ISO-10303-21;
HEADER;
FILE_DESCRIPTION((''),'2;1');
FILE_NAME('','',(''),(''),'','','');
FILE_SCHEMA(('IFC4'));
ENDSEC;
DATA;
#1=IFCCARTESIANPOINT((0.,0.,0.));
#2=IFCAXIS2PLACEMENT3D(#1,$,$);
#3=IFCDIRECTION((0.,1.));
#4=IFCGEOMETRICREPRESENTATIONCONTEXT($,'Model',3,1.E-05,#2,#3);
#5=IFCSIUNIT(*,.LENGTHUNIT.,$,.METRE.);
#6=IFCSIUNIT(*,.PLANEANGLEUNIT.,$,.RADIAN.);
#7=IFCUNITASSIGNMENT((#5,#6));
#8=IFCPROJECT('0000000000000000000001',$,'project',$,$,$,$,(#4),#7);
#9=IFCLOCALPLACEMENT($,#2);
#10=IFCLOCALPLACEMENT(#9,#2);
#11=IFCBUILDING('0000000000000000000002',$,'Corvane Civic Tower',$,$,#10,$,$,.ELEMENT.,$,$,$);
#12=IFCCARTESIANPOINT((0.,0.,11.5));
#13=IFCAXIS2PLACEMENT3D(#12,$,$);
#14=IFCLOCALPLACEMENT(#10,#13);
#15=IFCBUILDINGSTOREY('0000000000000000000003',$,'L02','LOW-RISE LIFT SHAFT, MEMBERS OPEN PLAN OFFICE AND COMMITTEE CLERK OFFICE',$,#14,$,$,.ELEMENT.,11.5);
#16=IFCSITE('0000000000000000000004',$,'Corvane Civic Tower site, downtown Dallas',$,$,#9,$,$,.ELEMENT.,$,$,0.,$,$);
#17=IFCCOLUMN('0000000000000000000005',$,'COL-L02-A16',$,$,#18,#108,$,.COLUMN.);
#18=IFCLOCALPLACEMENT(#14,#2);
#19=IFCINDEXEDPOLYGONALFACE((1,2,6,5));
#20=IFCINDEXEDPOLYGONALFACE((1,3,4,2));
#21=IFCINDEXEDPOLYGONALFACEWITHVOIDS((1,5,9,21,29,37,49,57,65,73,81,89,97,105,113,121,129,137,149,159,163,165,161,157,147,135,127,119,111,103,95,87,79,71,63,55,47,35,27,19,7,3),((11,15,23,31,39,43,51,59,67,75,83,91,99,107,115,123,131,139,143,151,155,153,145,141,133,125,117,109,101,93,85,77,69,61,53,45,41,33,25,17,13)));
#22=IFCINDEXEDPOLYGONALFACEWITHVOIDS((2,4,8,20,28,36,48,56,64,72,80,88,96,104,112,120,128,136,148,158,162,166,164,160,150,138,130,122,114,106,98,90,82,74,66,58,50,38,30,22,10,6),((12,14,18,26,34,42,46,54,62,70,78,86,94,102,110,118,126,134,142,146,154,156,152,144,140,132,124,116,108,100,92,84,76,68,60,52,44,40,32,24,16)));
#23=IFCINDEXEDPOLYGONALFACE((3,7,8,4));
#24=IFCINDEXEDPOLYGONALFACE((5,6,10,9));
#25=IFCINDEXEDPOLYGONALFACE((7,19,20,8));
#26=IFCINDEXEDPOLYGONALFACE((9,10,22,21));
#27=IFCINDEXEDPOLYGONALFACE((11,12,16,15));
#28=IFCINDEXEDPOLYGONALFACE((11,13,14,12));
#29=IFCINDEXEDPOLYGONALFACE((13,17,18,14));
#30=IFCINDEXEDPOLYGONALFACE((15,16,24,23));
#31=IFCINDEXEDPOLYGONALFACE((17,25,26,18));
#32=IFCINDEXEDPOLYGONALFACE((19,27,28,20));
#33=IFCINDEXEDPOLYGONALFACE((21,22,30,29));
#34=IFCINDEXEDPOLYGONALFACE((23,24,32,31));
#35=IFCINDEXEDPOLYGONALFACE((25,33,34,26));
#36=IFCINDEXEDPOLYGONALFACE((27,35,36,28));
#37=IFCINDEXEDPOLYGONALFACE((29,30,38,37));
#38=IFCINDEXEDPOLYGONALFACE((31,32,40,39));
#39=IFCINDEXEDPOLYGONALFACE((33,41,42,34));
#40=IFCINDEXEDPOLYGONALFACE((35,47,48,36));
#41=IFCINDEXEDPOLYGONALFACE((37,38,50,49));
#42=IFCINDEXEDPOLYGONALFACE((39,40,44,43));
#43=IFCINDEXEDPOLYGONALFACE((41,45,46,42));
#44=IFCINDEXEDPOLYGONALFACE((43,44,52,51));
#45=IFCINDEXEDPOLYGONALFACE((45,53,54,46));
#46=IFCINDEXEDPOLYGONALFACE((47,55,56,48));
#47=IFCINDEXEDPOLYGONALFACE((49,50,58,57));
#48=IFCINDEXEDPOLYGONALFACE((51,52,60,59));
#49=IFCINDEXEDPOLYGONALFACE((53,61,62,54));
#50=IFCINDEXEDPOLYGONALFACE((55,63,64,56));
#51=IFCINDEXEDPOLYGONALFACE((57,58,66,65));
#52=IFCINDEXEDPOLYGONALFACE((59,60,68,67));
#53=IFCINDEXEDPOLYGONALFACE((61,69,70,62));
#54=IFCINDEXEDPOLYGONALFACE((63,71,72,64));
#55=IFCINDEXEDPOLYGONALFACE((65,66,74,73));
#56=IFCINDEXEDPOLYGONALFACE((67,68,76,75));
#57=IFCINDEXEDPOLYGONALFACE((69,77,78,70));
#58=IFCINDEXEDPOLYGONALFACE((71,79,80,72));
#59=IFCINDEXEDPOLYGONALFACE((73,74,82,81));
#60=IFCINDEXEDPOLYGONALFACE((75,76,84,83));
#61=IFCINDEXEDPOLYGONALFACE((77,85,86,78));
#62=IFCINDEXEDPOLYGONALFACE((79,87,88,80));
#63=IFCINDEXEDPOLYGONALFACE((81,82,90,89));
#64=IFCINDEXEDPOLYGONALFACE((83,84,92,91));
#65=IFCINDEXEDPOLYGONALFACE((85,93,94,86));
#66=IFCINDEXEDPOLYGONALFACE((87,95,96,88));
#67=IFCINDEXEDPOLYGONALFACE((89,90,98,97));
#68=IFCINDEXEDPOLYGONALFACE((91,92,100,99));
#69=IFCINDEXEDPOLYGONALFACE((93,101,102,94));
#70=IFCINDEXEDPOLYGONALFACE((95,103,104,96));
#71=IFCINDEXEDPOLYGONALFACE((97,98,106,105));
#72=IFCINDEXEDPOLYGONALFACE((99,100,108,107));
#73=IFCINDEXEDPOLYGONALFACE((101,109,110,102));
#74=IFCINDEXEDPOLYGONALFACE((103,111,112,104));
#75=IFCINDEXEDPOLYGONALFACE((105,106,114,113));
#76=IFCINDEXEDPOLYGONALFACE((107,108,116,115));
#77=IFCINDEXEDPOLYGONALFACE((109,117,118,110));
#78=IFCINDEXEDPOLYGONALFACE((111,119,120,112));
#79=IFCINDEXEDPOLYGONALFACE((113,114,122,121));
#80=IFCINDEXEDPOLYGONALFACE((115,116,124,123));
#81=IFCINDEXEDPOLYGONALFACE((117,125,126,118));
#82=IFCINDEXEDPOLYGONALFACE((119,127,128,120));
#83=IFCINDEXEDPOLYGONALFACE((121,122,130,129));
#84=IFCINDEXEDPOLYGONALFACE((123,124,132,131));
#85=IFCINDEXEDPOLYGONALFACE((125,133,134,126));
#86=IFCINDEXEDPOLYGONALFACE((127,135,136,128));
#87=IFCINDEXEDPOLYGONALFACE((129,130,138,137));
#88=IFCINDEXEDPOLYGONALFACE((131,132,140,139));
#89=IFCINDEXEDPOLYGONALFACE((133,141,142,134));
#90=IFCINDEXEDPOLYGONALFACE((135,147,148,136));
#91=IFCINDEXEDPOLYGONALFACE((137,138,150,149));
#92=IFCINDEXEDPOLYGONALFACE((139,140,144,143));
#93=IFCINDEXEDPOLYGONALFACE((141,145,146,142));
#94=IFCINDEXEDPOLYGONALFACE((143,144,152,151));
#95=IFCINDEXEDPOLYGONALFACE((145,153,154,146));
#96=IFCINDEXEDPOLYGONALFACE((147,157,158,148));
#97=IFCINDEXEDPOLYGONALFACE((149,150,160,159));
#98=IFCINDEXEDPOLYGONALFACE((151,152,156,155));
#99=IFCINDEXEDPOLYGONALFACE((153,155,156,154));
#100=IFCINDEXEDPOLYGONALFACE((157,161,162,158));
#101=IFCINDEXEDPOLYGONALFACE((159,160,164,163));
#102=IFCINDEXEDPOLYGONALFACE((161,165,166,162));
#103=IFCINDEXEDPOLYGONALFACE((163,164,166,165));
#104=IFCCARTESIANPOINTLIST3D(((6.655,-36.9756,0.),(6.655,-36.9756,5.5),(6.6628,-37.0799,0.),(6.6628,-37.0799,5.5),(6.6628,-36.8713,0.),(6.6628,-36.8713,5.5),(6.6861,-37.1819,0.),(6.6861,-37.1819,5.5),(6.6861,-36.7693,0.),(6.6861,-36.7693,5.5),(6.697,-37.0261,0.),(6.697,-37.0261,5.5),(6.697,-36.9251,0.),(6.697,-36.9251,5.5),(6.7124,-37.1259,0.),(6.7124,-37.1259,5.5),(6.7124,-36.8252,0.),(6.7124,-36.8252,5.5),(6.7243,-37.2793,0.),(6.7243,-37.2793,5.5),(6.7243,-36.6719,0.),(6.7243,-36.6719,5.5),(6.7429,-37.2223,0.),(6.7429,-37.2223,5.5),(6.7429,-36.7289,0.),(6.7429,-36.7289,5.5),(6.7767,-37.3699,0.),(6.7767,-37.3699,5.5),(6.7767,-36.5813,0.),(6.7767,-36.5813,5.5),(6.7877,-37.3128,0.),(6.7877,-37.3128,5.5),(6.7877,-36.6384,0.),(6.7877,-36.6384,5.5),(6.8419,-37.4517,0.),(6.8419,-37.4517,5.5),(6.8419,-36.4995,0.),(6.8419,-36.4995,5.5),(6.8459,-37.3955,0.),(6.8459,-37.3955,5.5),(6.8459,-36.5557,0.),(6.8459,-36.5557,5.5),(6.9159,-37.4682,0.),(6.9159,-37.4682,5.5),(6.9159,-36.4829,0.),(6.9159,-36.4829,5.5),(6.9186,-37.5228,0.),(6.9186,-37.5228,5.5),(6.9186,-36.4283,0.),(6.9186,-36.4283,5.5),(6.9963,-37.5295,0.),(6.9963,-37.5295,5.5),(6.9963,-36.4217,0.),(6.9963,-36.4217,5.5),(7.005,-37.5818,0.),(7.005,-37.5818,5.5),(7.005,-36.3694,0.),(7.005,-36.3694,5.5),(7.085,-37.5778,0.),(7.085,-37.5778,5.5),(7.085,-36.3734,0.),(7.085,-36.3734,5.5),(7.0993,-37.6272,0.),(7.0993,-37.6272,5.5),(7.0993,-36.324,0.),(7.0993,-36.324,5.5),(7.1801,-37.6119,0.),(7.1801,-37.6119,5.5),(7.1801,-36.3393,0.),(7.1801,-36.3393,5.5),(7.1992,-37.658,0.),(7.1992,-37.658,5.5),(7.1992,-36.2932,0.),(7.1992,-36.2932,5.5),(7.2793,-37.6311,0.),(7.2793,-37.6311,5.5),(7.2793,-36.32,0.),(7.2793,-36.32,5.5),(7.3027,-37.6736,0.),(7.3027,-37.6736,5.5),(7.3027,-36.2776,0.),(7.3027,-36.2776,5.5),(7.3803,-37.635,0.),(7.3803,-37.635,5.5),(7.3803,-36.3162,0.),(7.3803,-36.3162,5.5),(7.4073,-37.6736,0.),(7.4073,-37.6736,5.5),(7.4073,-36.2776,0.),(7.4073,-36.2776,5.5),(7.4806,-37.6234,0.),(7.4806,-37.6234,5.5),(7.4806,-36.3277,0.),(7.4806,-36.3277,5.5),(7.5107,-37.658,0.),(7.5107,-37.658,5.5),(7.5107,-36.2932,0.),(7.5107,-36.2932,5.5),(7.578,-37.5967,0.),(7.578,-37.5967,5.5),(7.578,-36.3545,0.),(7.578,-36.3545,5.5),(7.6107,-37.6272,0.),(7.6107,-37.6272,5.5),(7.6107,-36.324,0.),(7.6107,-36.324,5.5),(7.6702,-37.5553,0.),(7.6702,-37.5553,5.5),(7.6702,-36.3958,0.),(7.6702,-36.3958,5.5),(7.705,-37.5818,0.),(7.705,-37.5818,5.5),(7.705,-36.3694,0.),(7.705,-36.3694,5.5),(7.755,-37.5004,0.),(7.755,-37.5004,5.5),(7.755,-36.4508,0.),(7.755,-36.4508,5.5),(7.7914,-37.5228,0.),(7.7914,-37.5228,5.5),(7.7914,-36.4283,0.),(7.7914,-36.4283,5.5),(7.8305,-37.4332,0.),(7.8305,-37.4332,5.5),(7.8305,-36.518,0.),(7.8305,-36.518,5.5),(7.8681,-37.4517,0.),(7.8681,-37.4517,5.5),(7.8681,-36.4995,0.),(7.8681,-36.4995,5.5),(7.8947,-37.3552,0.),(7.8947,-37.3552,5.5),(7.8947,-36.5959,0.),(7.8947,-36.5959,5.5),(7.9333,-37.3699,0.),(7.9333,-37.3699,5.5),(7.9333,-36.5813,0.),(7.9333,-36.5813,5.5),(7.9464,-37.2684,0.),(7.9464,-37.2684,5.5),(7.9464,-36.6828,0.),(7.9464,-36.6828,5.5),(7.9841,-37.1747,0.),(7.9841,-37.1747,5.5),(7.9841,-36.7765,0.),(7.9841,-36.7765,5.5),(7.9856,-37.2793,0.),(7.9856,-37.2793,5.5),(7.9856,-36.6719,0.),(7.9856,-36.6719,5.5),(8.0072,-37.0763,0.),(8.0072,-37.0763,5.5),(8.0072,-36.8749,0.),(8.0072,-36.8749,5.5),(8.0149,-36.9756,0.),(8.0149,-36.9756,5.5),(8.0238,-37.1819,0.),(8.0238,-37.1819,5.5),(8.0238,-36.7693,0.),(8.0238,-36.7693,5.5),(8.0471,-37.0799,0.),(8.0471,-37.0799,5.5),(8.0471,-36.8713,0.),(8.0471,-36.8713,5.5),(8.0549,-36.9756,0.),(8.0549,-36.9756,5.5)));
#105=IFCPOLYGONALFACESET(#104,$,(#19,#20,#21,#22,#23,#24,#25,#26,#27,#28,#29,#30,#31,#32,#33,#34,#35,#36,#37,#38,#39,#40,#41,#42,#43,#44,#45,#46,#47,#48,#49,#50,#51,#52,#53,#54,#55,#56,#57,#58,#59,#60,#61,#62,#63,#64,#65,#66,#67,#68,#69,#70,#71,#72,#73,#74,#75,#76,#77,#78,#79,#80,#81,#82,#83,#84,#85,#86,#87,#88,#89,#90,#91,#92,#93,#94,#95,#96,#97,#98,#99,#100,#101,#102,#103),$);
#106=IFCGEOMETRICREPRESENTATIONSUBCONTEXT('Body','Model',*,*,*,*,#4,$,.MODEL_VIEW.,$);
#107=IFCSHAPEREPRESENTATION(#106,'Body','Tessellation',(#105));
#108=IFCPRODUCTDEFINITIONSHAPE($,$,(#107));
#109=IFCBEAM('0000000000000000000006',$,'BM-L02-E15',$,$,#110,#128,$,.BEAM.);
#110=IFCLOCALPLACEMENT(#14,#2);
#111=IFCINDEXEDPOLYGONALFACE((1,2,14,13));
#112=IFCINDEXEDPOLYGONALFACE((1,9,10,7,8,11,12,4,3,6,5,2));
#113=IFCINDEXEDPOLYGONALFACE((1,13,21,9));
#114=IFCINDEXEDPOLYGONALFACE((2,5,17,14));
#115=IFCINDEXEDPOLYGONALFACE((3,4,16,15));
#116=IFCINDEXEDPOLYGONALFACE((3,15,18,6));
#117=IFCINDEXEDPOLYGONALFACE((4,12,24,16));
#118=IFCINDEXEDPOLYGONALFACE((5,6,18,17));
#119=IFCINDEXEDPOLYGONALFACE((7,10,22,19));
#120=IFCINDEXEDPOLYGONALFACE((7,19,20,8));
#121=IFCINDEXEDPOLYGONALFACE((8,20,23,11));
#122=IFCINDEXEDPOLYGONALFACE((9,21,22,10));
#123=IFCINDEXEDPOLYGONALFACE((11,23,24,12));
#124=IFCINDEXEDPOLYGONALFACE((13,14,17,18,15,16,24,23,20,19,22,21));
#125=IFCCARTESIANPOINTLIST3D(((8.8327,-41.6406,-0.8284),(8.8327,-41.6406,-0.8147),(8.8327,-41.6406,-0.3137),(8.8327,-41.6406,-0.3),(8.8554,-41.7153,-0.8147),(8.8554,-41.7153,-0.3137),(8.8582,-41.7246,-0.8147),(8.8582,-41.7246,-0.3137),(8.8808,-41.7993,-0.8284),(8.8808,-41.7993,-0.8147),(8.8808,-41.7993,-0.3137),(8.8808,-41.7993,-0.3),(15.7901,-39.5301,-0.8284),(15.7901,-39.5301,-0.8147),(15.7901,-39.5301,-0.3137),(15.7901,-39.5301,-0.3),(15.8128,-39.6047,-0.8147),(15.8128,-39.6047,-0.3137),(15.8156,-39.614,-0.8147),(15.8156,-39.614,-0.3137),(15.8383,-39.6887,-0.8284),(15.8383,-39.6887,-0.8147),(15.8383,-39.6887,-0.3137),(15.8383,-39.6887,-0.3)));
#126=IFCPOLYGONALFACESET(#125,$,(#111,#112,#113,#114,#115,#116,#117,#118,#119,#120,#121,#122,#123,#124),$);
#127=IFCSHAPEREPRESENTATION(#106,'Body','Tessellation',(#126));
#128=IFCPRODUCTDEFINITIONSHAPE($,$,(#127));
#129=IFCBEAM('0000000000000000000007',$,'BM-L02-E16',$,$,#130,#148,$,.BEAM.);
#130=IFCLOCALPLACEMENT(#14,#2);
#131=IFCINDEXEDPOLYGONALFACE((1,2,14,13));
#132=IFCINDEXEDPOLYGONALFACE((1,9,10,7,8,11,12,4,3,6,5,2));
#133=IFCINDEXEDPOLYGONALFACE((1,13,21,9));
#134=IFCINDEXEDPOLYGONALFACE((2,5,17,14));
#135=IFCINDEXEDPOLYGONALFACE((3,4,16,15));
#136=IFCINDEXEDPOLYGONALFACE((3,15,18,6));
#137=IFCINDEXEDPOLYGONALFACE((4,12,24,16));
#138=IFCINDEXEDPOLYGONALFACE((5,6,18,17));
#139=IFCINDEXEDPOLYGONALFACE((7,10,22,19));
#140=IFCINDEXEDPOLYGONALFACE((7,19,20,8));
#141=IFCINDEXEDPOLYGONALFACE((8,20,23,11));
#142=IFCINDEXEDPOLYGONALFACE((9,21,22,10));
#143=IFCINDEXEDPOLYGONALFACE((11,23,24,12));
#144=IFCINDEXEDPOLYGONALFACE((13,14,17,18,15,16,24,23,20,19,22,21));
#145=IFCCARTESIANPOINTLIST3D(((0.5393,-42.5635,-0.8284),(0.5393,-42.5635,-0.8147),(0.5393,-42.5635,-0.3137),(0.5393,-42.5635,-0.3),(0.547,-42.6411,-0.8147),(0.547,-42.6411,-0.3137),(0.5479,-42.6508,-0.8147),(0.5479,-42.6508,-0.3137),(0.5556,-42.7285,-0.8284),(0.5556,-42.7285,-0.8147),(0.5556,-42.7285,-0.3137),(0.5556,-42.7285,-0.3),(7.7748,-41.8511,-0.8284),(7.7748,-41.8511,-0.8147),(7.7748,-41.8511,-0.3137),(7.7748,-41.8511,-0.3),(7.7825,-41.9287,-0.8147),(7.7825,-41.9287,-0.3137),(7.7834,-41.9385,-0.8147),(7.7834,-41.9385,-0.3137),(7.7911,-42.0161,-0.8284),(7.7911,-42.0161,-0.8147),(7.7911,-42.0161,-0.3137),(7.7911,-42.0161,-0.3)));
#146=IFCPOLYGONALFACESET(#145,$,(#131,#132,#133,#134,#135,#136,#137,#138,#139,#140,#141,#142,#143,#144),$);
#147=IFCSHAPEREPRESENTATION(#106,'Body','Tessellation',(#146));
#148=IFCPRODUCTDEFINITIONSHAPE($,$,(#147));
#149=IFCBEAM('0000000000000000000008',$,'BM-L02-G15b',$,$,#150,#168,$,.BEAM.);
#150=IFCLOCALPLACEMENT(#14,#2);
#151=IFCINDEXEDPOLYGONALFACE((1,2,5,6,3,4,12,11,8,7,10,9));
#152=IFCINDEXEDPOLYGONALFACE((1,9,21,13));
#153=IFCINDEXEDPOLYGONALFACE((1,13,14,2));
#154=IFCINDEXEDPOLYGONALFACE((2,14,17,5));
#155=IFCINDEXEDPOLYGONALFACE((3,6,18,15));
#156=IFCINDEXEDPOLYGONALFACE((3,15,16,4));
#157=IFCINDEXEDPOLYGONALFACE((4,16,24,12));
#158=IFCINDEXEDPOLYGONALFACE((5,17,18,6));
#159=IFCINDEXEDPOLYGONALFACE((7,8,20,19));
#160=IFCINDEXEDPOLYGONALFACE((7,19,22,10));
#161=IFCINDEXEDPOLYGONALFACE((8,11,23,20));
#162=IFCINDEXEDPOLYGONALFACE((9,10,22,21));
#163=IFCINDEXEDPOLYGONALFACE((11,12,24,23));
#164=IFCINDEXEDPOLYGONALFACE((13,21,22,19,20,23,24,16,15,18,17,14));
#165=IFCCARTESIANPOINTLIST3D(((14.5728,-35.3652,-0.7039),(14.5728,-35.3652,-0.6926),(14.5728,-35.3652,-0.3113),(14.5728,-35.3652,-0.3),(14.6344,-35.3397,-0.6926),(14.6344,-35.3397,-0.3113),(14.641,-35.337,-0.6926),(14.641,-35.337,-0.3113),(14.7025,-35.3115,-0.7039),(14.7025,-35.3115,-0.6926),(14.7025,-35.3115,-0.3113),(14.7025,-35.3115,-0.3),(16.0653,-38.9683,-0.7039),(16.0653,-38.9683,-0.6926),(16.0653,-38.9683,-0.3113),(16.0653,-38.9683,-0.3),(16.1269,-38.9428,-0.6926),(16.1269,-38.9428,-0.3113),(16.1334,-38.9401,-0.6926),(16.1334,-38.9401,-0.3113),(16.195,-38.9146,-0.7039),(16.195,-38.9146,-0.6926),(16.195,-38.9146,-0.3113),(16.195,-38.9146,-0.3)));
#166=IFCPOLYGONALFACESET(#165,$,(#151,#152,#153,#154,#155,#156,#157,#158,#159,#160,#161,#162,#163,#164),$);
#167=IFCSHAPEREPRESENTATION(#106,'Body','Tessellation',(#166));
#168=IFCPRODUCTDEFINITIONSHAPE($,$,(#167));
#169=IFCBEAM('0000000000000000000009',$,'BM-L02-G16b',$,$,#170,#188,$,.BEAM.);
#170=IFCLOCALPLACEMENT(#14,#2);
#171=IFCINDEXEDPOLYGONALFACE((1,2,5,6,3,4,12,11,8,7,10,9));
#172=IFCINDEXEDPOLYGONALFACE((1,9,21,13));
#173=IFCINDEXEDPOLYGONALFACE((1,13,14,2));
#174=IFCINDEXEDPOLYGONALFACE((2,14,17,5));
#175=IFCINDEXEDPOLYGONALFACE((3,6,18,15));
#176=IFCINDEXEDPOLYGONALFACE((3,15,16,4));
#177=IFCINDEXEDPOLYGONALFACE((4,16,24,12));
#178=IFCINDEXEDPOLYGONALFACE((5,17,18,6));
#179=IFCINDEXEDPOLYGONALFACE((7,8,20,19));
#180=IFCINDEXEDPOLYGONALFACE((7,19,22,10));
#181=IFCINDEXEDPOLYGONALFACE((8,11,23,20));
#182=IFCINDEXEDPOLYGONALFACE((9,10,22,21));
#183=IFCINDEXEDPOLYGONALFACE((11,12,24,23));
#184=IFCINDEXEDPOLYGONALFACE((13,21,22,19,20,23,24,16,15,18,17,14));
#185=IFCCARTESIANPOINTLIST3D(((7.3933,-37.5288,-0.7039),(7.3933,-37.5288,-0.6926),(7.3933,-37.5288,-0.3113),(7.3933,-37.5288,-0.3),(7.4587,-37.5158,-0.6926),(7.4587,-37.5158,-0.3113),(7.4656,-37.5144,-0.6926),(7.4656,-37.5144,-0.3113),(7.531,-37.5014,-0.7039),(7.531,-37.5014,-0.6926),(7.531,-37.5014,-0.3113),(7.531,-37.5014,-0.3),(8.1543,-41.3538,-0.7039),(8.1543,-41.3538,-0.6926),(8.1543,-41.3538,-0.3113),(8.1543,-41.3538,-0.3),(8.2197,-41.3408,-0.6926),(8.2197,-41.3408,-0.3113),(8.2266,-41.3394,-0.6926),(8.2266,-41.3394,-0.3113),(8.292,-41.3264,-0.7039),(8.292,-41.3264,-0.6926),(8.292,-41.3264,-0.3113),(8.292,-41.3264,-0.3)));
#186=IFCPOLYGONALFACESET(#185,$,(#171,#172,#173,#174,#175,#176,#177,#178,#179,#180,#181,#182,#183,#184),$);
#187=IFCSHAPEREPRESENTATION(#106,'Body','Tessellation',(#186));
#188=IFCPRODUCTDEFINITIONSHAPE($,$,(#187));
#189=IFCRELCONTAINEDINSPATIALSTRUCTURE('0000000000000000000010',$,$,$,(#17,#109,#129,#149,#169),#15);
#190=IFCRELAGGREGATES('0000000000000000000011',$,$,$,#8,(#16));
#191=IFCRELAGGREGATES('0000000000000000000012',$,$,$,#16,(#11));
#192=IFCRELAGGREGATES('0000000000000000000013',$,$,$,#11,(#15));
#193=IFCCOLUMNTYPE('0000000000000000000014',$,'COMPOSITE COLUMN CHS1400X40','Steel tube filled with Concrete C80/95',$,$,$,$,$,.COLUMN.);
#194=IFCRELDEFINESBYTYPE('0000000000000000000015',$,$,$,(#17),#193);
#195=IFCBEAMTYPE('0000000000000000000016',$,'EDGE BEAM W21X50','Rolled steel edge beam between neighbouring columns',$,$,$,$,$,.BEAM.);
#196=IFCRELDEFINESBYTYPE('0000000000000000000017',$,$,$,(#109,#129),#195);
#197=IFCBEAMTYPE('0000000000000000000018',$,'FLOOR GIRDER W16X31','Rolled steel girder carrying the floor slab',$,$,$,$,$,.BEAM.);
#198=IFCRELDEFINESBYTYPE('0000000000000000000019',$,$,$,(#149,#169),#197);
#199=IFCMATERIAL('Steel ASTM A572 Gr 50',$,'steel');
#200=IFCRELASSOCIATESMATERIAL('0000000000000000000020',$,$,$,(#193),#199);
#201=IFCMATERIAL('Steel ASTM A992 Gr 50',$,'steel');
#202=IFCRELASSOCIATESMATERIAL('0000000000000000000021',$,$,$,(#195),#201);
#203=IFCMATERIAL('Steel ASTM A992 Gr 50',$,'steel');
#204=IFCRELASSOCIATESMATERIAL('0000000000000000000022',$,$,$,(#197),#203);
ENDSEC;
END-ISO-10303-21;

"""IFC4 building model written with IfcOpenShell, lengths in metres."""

from ifc_helpers import new_model, si_unit, direction, frame, origin, origin_2d, place, context, subcontext, project, spatial, hollow_circle, i_section, extrude, material, material_profile, profile_set, type_object, element, save


model = new_model("IFC4")

# Units and contexts
model_context = context("Model", 3, precision=1e-05, world=origin(), true_north=direction((0.0, 1.0)))
body_context = subcontext(model_context, "Body", "Model", "MODEL_VIEW")
ifc_project = project(units=[si_unit("LENGTHUNIT", "METRE"), si_unit("PLANEANGLEUNIT", "RADIAN")], contexts=[model_context])

# Site, building, storey
site_placement = place(None, origin())
site = spatial("IfcSite", under=ifc_project, at=site_placement, Name="Corvane Civic Tower site, downtown Dallas", CompositionType="ELEMENT", RefElevation=0.0)
building_placement = place(site_placement, origin())
building = spatial("IfcBuilding", under=site, at=building_placement, Name="Corvane Civic Tower", CompositionType="ELEMENT")
storey_placement = place(building_placement, frame((0.0, 0.0, 11.5)))
storey = spatial("IfcBuildingStorey", under=building, at=storey_placement, Name="L02", Description="LOW-RISE LIFT SHAFT, MEMBERS OPEN PLAN OFFICE AND COMMITTEE CLERK OFFICE", CompositionType="ELEMENT", Elevation=11.5)

# Column
ifc_material_1 = material(Name="Steel ASTM A572 Gr 50", Category="steel")
ifc_material_profile_1 = material_profile(ifc_material_1, hollow_circle(Radius=0.7, WallThickness=0.04, at=origin_2d()), Name="CHS1400X40")
ifc_profile_set_1 = profile_set([ifc_material_profile_1], Name="Steel ASTM A572 Gr 50")
column_type_1 = type_object("IfcColumnType", Name="COMPOSITE COLUMN CHS1400X40", Description="Steel tube filled with Concrete C80/95", PredefinedType="COLUMN", material=ifc_profile_set_1)
for number, where, z_axis, x_axis, name in (
    (1, (7.355, -36.9756, 0.0), (0.0, 0.0, 1.0), (1.0, 0.0, 0.0), "COL-L02-A16"),
):
    element("IfcColumn", number, at=place(storey_placement, frame(where, z_axis=z_axis, x_axis=x_axis)), inside=storey, type_object=column_type_1, Name=name, PredefinedType="COLUMN", context=body_context, shape_type="SweptSolid", body=[
        extrude(hollow_circle(Radius=0.7, WallThickness=0.04, at=origin_2d()), origin(), (0.0, 0.0, 1.0), 5.5),
    ])

# Beams
ifc_material_2 = material(Name="Steel ASTM A992 Gr 50", Category="steel")
ifc_material_profile_2 = material_profile(ifc_material_2, i_section(OverallWidth=0.1658, OverallDepth=0.5283, WebThickness=0.0098, FlangeThickness=0.0137, at=origin_2d()), Name="W21X50")
ifc_profile_set_2 = profile_set([ifc_material_profile_2], Name="Steel ASTM A992 Gr 50")
beam_type_1 = type_object("IfcBeamType", Name="EDGE BEAM W21X50", Description="Rolled steel edge beam between neighbouring columns", PredefinedType="BEAM", material=ifc_profile_set_2)
for number, where, z_axis, x_axis, name in (
    (2, (15.8142, -39.6094, -0.5642), (-0.956938, -0.290292, 0.0), (0.290292, -0.956938, 0.0), "BM-L02-E15"),
    (3, (7.783, -41.9336, -0.5642), (-0.995188, -0.097984, 0.0), (0.097984, -0.995188, 0.0), "BM-L02-E16"),
):
    element("IfcBeam", number, at=place(storey_placement, frame(where, z_axis=z_axis, x_axis=x_axis)), inside=storey, type_object=beam_type_1, Name=name, PredefinedType="BEAM", context=body_context, shape_type="SweptSolid", body=[
        extrude(i_section(OverallWidth=0.1658, OverallDepth=0.5283, WebThickness=0.0098, FlangeThickness=0.0137, at=origin_2d()), origin(), (0.0, 0.0, 1.0), 7.2705),
    ])
ifc_material_3 = material(Name="Steel ASTM A992 Gr 50", Category="steel")
ifc_material_profile_3 = material_profile(ifc_material_3, i_section(OverallWidth=0.1404, OverallDepth=0.4038, WebThickness=0.0071, FlangeThickness=0.0112, at=origin_2d()), Name="W16X31")
ifc_profile_set_3 = profile_set([ifc_material_profile_3], Name="Steel ASTM A992 Gr 50")
beam_type_2 = type_object("IfcBeamType", Name="FLOOR GIRDER W16X31", Description="Rolled steel girder carrying the floor slab", PredefinedType="BEAM", material=ifc_profile_set_3)
for number, where, z_axis, x_axis, name in (
    (4, (14.6377, -35.3384, -0.502), (0.382685, -0.923879, 0.0), (0.923879, 0.382685, 0.0), "BM-L02-G15b"),
    (5, (7.4622, -37.5151, -0.502), (0.195129, -0.980778, 0.0), (0.980778, 0.195129, 0.0), "BM-L02-G16b"),
):
    element("IfcBeam", number, at=place(storey_placement, frame(where, z_axis=z_axis, x_axis=x_axis)), inside=storey, type_object=beam_type_2, Name=name, PredefinedType="BEAM", context=body_context, shape_type="SweptSolid", body=[
        extrude(i_section(OverallWidth=0.1404, OverallDepth=0.4038, WebThickness=0.0071, FlangeThickness=0.0112, at=origin_2d()), origin(), (0.0, 0.0, 1.0), 3.8999),
    ])

save(model, "model.ifc")
